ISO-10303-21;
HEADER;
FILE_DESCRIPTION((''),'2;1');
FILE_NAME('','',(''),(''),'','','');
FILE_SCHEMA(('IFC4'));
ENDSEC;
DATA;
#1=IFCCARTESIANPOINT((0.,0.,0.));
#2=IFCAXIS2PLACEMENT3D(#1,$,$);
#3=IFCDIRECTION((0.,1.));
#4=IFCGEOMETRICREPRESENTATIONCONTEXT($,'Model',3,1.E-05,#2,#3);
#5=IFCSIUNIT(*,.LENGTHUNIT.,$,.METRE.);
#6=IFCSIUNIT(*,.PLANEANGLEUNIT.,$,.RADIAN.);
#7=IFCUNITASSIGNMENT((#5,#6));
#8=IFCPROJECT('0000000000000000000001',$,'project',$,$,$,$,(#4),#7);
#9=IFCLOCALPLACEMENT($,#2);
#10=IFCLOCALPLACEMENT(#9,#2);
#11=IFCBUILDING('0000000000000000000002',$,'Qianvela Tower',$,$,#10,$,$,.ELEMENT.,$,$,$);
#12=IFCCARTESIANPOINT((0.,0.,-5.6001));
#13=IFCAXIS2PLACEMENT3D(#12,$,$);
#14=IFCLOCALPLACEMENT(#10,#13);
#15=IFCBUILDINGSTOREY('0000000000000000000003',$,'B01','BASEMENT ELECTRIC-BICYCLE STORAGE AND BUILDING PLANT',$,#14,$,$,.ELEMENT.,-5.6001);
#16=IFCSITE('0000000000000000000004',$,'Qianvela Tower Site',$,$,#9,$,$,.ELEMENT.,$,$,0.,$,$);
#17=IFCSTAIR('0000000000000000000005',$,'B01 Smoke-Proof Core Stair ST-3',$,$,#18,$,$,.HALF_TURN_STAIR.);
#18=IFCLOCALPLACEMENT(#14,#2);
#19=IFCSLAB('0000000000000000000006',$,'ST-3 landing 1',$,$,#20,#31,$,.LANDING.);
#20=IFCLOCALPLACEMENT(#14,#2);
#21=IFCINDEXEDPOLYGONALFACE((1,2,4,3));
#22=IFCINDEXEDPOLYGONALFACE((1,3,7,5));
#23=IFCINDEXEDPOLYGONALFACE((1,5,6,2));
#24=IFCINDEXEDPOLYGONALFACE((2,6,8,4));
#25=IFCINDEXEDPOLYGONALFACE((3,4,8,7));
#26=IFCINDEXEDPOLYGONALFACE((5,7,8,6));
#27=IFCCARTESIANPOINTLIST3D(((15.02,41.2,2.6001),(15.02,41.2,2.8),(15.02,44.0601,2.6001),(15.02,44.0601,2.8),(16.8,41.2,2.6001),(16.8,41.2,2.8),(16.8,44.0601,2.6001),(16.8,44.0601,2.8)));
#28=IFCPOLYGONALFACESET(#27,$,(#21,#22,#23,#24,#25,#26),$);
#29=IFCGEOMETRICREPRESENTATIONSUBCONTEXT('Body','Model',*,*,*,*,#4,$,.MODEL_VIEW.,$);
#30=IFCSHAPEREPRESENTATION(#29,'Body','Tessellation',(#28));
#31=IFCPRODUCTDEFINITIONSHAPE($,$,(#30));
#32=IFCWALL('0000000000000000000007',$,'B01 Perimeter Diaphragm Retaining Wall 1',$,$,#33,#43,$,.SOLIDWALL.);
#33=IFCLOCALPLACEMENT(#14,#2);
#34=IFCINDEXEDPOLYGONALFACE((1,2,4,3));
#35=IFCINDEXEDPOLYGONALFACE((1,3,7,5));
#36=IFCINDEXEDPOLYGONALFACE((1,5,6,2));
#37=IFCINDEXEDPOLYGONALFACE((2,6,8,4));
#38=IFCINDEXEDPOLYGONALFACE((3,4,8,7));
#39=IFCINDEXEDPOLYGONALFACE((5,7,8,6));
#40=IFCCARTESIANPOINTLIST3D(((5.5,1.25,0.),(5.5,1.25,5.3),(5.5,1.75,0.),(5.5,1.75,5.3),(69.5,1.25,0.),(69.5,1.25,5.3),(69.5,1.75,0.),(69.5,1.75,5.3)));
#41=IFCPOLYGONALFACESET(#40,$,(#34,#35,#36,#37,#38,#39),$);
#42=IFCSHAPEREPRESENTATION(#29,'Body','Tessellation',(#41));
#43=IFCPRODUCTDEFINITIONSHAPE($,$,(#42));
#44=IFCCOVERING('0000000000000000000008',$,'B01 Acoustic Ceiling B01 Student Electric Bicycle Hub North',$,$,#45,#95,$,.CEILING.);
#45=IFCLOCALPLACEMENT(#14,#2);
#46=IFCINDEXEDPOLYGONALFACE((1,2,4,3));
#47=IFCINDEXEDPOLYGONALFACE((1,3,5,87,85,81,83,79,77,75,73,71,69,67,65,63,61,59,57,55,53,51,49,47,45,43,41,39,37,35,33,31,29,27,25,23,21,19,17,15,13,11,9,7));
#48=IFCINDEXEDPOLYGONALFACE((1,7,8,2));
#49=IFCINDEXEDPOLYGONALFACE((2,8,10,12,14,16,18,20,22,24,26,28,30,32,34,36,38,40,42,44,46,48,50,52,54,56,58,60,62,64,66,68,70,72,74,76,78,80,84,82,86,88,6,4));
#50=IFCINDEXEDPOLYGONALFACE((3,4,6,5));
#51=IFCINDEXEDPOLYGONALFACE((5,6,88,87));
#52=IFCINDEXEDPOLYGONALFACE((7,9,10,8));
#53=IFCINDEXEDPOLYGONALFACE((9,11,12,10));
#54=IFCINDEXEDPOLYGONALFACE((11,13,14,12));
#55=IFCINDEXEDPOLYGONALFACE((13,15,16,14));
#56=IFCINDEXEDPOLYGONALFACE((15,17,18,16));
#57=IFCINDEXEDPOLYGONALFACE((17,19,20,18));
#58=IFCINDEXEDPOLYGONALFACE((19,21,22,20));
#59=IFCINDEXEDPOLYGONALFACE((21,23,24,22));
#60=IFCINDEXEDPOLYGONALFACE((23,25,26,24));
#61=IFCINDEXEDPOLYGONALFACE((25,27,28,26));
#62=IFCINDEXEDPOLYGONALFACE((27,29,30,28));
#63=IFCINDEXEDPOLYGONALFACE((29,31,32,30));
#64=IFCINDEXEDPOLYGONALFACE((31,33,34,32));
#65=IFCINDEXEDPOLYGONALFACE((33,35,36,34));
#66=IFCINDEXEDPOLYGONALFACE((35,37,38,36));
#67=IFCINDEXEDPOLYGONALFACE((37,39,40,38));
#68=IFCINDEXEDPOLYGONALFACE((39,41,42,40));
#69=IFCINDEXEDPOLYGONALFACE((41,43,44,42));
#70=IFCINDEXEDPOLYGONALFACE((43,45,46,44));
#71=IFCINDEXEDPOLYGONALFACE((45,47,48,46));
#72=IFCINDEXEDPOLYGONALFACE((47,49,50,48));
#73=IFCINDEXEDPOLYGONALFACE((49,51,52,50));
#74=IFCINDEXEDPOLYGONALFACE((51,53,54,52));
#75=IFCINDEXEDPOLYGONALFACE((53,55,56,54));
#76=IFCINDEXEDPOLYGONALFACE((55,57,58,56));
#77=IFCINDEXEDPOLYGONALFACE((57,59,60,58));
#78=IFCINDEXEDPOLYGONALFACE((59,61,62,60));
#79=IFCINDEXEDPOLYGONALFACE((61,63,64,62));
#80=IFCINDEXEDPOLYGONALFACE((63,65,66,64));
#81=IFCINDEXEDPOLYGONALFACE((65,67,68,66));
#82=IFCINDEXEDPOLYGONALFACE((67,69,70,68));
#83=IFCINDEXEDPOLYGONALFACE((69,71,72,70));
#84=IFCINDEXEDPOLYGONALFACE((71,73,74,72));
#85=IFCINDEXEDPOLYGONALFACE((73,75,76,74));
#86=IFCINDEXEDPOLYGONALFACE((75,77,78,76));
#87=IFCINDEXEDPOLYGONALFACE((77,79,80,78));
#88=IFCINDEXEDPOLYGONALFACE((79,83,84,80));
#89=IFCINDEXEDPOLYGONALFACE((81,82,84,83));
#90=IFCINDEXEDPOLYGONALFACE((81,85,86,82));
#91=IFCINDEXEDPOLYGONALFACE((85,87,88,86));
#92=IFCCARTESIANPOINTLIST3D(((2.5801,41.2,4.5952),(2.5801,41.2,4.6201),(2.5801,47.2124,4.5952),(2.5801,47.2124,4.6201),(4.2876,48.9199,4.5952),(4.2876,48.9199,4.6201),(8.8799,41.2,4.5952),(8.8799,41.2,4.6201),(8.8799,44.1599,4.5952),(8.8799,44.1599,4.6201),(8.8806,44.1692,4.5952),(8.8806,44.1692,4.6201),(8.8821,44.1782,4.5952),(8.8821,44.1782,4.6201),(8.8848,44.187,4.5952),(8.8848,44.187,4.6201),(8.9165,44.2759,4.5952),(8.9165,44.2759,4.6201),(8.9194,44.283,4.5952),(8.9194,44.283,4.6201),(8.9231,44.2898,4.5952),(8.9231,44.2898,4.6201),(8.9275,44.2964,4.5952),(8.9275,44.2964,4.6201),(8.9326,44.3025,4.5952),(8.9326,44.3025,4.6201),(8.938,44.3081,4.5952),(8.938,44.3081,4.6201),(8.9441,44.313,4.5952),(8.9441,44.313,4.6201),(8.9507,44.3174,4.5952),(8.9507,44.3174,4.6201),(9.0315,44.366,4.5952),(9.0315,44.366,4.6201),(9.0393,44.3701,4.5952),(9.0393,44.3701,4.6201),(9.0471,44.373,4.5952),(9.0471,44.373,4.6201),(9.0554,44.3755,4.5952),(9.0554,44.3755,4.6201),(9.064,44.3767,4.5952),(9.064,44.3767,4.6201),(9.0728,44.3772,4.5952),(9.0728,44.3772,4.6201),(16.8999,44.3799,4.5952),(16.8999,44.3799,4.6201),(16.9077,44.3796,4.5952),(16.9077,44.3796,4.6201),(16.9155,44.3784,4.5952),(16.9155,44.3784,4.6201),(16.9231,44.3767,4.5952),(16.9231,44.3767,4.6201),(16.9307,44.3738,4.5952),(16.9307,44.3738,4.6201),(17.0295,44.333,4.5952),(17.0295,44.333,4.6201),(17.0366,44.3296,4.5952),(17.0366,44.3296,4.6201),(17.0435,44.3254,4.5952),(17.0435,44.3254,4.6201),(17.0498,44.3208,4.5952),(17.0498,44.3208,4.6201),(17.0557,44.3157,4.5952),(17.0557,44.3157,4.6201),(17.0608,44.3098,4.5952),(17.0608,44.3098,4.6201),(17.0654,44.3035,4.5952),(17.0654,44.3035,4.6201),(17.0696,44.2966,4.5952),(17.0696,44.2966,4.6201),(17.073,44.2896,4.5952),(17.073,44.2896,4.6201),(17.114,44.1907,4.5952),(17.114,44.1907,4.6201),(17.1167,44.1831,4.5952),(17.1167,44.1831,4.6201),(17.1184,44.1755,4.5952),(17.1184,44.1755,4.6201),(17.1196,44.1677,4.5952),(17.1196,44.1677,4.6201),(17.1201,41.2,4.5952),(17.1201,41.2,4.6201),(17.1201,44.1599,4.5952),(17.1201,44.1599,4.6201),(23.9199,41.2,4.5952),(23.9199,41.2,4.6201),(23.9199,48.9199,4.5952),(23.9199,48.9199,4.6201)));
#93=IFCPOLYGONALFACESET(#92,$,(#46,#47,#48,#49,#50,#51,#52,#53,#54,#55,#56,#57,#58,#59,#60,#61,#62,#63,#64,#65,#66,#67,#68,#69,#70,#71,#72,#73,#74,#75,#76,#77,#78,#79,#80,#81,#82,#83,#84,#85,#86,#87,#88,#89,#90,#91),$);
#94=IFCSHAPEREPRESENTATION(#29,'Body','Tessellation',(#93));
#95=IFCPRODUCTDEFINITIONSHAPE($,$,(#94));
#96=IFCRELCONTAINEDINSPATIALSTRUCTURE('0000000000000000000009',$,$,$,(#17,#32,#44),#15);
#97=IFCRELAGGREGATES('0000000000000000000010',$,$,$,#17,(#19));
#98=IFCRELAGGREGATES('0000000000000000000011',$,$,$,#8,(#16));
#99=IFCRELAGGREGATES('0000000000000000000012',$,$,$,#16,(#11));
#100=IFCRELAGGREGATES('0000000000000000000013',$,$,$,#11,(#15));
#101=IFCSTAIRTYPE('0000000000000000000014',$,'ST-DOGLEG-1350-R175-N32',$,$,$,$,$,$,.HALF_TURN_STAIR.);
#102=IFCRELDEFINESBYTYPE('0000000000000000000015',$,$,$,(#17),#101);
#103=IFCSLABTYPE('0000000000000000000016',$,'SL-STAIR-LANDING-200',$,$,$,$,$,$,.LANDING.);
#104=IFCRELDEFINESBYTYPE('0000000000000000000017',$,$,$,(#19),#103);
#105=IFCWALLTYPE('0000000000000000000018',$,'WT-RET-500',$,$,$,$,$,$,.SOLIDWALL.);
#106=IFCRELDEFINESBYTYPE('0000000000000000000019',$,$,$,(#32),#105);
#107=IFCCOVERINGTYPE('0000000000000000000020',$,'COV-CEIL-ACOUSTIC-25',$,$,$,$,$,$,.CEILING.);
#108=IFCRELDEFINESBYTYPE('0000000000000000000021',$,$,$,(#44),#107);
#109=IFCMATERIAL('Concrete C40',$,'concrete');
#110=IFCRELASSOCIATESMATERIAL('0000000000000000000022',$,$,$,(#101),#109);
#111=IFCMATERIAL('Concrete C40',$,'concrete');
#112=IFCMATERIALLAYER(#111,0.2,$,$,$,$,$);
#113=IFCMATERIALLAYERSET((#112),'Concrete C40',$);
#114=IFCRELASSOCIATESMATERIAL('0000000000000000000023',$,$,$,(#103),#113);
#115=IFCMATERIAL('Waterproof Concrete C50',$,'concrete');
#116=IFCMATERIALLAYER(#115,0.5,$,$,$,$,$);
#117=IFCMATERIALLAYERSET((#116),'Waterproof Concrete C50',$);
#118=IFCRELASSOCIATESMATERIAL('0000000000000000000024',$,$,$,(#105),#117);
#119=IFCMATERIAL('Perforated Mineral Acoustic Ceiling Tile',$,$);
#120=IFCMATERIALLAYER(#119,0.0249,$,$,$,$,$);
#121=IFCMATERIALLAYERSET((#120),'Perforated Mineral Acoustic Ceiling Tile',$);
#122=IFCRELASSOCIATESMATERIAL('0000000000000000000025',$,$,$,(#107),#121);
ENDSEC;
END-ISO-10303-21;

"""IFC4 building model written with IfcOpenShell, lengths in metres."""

from ifc_helpers import new_model, si_unit, direction, frame, frame_2d, origin, place, context, subcontext, project, spatial, polyline, rectangle, outline, extrude, material, layer, layer_set, type_object, element, aggregate, save


model = new_model("IFC4")

# Units and contexts
model_context = context("Model", 3, precision=1e-05, world=origin(), true_north=direction((0.0, 1.0)))
body_context = subcontext(model_context, "Body", "Model", "MODEL_VIEW")
ifc_project = project(units=[si_unit("LENGTHUNIT", "METRE"), si_unit("PLANEANGLEUNIT", "RADIAN")], contexts=[model_context])

# Site, building, storey
site_placement = place(None, origin())
site = spatial("IfcSite", under=ifc_project, at=site_placement, Name="Qianvela Tower Site", CompositionType="ELEMENT", RefElevation=0.0)
building_placement = place(site_placement, origin())
building = spatial("IfcBuilding", under=site, at=building_placement, Name="Qianvela Tower", CompositionType="ELEMENT")
storey_placement = place(building_placement, frame((0.0, 0.0, -5.6001)))
storey = spatial("IfcBuildingStorey", under=building, at=storey_placement, Name="B01", Description="BASEMENT ELECTRIC-BICYCLE STORAGE AND BUILDING PLANT", CompositionType="ELEMENT", Elevation=-5.6001)

# Stair, slab
ifc_material_1 = material(Name="Concrete C40", Category="concrete")
stair_type = type_object("IfcStairType", Name="ST-DOGLEG-1350-R175-N32", PredefinedType="HALF_TURN_STAIR", material=ifc_material_1)
ifc_material_2 = material(Name="Concrete C40", Category="concrete")
ifc_layer_1 = layer(ifc_material_2, 0.2)
ifc_layer_set_1 = layer_set([ifc_layer_1], Name="Concrete C40")
slab_type_1 = type_object("IfcSlabType", Name="SL-STAIR-LANDING-200", PredefinedType="LANDING", material=ifc_layer_set_1)
stair_1_placement = place(storey_placement, origin())
stair_1 = element("IfcStair", 1, at=stair_1_placement, inside=storey, type_object=stair_type, Name="B01 Smoke-Proof Core Stair ST-3", PredefinedType="HALF_TURN_STAIR")
slab_1_placement = place(storey_placement, frame((0.0, 0.0, 2.6001)))
slab_1 = element("IfcSlab", 2, at=slab_1_placement, type_object=slab_type_1, Name="ST-3 landing 1", PredefinedType="LANDING", context=body_context, shape_type="SweptSolid", body=[
    extrude(outline(polyline([(15.02, 41.2), (16.8, 41.2), (16.8, 44.0601), (15.02, 44.0601), (15.02, 41.2)])), origin(), (0.0, 0.0, 1.0), 0.2),
])
aggregate(stair_1, [slab_1])

# Wall
ifc_material_3 = material(Name="Waterproof Concrete C50", Category="concrete")
ifc_layer_2 = layer(ifc_material_3, 0.5)
ifc_layer_set_2 = layer_set([ifc_layer_2], Name="Waterproof Concrete C50")
wall_type = type_object("IfcWallType", Name="WT-RET-500", PredefinedType="SOLIDWALL", material=ifc_layer_set_2)
wall_placement = place(storey_placement, frame((5.5, 1.5, 0.0), z_axis=(0.0, 0.0, 1.0), x_axis=(1.0, 0.0, 0.0)))
element("IfcWall", 3, at=wall_placement, inside=storey, type_object=wall_type, Name="B01 Perimeter Diaphragm Retaining Wall 1", PredefinedType="SOLIDWALL", context=body_context, shape_type="SweptSolid", body=[
    extrude(rectangle(XDim=64.0, YDim=0.5, at=frame_2d((32.0, 0.0))), origin(), (0.0, 0.0, 1.0), 5.3),
])

# Covering
ifc_material_4 = material(Name="Perforated Mineral Acoustic Ceiling Tile")
ifc_layer_3 = layer(ifc_material_4, 0.0249)
ifc_layer_set_3 = layer_set([ifc_layer_3], Name="Perforated Mineral Acoustic Ceiling Tile")
covering_type_1 = type_object("IfcCoveringType", Name="COV-CEIL-ACOUSTIC-25", PredefinedType="CEILING", material=ifc_layer_set_3)
covering_1_placement = place(storey_placement, frame((0.0, 0.0, 4.5952)))
element("IfcCovering", 4, at=covering_1_placement, inside=storey, type_object=covering_type_1, Name="B01 Acoustic Ceiling B01 Student Electric Bicycle Hub North", PredefinedType="CEILING", context=body_context, shape_type="SweptSolid", body=[
    extrude(outline(polyline([(17.1201, 41.2), (17.1201, 44.1599), (17.1196, 44.1677), (17.1184, 44.1755), (17.1167, 44.1831), (17.114, 44.1907), (17.073, 44.2896), (17.0696, 44.2966), (17.0654, 44.3035), (17.0608, 44.3098), (17.0557, 44.3157), (17.0498, 44.3208), (17.0435, 44.3254), (17.0366, 44.3296), (17.0295, 44.333), (16.9307, 44.3738), (16.9231, 44.3767), (16.9155, 44.3784), (16.9077, 44.3796), (16.8999, 44.3799), (9.0728, 44.3772), (9.064, 44.3767), (9.0554, 44.3755), (9.0471, 44.373), (9.0393, 44.3701), (9.0315, 44.366), (8.9507, 44.3174), (8.9441, 44.313), (8.938, 44.3081), (8.9326, 44.3025), (8.9275, 44.2964), (8.9231, 44.2898), (8.9194, 44.283), (8.9165, 44.2759), (8.8848, 44.187), (8.8821, 44.1782), (8.8806, 44.1692), (8.8799, 44.1599), (8.8799, 41.2), (2.5801, 41.2), (2.5801, 47.2124), (4.2876, 48.9199), (23.9199, 48.9199), (23.9199, 41.2), (17.1201, 41.2)])), origin(), (0.0, 0.0, 1.0), 0.0249),
])

save(model, "model.ifc")
